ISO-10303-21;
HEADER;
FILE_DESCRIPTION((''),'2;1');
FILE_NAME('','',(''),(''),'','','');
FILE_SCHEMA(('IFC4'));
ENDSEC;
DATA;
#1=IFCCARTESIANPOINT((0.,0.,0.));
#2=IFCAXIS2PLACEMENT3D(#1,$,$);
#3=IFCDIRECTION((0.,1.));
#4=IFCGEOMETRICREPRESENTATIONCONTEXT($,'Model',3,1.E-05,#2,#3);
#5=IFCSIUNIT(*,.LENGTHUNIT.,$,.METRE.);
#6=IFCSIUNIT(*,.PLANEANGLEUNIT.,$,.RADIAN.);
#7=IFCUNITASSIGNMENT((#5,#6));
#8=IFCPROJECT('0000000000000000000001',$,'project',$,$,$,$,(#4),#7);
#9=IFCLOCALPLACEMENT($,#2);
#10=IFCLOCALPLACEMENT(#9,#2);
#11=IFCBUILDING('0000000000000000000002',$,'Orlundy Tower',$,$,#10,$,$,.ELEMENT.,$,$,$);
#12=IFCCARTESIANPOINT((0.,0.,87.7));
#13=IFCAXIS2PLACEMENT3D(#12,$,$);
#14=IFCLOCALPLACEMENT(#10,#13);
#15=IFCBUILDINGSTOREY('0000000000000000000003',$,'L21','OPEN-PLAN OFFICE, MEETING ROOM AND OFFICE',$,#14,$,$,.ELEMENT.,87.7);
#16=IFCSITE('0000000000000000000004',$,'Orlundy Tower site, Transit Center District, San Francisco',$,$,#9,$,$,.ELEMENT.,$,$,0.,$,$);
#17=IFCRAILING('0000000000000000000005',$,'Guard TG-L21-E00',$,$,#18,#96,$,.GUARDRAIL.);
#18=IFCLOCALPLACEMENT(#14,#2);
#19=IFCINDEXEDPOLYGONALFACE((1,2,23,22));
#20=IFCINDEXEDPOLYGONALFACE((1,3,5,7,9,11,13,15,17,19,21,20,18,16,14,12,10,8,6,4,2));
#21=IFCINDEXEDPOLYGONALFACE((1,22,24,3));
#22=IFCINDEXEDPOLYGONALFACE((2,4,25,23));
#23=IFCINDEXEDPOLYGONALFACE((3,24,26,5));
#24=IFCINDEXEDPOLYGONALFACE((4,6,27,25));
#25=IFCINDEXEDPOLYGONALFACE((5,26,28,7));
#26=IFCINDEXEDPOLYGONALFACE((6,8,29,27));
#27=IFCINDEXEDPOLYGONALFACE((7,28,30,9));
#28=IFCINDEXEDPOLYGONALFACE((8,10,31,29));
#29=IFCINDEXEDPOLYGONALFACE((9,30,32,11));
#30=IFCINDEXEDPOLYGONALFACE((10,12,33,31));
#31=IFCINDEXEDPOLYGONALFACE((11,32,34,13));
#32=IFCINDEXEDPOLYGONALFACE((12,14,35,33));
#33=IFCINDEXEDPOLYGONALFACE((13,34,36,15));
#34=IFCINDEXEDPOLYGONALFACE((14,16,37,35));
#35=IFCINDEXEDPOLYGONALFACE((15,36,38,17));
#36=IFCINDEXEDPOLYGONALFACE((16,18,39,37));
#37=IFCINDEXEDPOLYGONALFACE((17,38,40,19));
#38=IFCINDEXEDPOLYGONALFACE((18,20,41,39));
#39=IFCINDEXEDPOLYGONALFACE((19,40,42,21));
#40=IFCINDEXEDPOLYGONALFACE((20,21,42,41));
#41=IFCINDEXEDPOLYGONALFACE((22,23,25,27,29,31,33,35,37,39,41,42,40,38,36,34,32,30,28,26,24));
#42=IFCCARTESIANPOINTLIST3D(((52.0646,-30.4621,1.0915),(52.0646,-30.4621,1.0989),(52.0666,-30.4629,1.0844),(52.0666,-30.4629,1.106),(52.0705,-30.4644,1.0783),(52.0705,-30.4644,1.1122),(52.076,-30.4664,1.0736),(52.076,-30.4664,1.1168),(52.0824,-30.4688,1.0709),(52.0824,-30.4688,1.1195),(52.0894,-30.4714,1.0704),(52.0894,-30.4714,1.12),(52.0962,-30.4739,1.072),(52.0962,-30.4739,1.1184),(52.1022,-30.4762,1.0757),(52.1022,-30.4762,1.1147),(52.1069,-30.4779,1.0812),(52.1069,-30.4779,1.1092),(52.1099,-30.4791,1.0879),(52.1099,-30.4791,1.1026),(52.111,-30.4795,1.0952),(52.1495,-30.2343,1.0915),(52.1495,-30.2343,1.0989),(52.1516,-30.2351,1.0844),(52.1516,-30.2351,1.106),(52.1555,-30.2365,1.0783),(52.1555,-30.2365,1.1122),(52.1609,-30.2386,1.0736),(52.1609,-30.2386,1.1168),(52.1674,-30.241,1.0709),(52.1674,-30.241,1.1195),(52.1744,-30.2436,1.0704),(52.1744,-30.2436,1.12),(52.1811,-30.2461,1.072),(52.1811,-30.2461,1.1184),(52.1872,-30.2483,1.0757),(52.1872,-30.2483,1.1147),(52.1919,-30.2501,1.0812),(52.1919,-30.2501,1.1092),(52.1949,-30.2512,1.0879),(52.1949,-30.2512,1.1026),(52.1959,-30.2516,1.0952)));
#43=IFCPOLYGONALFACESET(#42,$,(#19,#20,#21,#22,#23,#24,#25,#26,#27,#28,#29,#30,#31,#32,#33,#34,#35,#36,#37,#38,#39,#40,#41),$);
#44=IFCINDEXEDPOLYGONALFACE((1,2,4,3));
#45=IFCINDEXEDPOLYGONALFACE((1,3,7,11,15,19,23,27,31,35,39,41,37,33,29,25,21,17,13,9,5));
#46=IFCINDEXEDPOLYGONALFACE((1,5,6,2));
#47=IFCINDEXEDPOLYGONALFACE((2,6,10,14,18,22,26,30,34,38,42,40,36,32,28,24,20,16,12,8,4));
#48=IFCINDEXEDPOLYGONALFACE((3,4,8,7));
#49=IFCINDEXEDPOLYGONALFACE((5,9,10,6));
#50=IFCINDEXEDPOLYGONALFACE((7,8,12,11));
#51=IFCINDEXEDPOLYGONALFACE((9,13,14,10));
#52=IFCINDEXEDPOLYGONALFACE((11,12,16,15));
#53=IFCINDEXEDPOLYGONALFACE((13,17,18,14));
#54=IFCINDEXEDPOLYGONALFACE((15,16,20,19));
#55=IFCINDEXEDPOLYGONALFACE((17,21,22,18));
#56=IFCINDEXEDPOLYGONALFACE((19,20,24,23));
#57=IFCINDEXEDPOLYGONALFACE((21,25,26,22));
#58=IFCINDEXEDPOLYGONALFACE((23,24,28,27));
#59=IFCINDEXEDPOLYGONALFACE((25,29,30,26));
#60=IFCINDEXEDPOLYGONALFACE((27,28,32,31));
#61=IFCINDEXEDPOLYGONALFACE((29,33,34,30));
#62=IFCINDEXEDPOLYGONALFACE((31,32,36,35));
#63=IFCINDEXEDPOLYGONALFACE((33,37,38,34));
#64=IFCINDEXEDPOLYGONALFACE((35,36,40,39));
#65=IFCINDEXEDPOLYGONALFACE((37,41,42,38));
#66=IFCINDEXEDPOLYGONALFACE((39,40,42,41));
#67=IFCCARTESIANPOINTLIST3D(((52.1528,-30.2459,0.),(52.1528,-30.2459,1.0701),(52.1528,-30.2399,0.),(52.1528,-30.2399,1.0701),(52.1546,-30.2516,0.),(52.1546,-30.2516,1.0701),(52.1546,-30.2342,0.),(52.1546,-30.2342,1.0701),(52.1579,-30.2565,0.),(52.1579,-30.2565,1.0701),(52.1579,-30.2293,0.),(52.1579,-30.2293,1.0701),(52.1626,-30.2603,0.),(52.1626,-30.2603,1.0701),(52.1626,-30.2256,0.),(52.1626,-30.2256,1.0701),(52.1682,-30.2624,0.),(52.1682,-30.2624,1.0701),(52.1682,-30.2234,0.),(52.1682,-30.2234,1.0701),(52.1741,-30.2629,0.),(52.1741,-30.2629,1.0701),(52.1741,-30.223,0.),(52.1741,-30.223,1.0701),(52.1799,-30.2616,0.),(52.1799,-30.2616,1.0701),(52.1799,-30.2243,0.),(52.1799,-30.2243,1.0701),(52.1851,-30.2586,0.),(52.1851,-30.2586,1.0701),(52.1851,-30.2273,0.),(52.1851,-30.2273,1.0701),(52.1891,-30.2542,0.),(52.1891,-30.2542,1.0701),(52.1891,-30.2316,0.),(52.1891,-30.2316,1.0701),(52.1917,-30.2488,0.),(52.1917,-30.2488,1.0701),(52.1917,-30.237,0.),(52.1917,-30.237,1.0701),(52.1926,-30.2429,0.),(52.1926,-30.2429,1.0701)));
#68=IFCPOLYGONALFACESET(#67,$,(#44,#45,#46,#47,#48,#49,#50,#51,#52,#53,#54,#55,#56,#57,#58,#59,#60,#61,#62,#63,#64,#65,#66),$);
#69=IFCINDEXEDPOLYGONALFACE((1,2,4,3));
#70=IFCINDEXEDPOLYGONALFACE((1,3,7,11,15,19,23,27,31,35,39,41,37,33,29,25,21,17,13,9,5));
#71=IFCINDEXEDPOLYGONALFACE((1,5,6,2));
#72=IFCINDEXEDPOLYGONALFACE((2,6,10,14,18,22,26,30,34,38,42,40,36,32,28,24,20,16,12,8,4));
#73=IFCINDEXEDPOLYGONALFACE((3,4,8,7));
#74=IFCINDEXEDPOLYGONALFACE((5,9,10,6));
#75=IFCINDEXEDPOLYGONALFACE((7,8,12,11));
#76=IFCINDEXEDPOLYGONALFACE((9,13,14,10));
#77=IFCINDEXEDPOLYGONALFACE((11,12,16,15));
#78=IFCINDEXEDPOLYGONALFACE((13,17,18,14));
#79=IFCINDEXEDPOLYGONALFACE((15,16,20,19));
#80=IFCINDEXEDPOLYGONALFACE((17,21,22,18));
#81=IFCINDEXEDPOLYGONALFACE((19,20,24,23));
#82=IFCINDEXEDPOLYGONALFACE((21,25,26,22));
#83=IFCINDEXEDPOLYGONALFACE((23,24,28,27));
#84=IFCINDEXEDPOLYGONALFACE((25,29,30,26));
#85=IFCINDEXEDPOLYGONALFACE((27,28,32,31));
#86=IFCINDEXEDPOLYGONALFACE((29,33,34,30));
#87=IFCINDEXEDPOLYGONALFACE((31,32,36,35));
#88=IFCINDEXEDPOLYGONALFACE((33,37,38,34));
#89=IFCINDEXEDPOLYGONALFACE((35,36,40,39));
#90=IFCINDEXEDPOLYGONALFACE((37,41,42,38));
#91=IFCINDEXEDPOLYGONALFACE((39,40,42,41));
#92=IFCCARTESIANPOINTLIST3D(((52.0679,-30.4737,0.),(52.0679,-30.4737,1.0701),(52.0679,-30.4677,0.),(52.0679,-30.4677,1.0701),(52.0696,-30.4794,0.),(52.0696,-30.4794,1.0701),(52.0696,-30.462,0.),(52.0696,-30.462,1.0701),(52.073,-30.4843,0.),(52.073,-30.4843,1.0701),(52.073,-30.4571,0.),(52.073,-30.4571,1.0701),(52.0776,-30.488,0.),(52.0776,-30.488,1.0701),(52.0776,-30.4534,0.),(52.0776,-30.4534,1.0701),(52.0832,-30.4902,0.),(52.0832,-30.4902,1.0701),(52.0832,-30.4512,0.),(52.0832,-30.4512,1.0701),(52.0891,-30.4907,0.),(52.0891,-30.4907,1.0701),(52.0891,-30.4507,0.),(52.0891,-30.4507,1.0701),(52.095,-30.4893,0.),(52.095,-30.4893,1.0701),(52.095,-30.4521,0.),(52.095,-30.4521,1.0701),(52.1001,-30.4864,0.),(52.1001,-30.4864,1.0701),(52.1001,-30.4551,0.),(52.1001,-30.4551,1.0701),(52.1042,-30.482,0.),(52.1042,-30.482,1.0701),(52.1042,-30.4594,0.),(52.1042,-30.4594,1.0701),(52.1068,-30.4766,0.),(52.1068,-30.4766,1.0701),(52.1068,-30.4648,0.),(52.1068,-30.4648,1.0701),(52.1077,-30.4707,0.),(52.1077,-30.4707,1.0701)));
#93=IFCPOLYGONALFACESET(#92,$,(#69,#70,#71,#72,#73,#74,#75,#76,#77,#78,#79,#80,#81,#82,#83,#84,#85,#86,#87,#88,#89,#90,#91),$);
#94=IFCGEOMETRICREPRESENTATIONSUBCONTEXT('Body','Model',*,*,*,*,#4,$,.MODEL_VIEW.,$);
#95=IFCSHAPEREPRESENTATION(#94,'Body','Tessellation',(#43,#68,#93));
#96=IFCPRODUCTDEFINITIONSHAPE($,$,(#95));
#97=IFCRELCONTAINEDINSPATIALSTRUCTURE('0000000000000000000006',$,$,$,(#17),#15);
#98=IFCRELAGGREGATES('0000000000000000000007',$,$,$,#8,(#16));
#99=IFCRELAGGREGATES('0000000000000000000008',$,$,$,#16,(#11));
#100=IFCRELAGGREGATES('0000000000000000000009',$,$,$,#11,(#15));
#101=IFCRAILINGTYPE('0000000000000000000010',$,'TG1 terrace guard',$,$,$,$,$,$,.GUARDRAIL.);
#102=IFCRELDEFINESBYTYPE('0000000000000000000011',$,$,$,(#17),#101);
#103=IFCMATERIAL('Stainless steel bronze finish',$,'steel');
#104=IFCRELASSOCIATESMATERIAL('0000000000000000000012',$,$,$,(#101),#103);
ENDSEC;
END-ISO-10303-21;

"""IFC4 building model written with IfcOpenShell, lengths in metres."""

from ifc_helpers import new_model, si_unit, direction, frame, origin, origin_2d, place, context, subcontext, project, spatial, circle, extrude, material, type_object, element, save


model = new_model("IFC4")

# Units and contexts
model_context = context("Model", 3, precision=1e-05, world=origin(), true_north=direction((0.0, 1.0)))
body_context = subcontext(model_context, "Body", "Model", "MODEL_VIEW")
ifc_project = project(units=[si_unit("LENGTHUNIT", "METRE"), si_unit("PLANEANGLEUNIT", "RADIAN")], contexts=[model_context])

# Site, building, storey
site_placement = place(None, origin())
site = spatial("IfcSite", under=ifc_project, at=site_placement, Name="Orlundy Tower site, Transit Center District, San Francisco", CompositionType="ELEMENT", RefElevation=0.0)
building_placement = place(site_placement, origin())
building = spatial("IfcBuilding", under=site, at=building_placement, Name="Orlundy Tower", CompositionType="ELEMENT")
storey_placement = place(building_placement, frame((0.0, 0.0, 87.7)))
storey = spatial("IfcBuildingStorey", under=building, at=storey_placement, Name="L21", Description="OPEN-PLAN OFFICE, MEETING ROOM AND OFFICE", CompositionType="ELEMENT", Elevation=87.7)

# Railing
ifc_material_1 = material(Name="Stainless steel bronze finish", Category="steel")
railing_type = type_object("IfcRailingType", Name="TG1 terrace guard", PredefinedType="GUARDRAIL", material=ifc_material_1)
railing_placement = place(storey_placement, frame((52.1726, -30.2429, 0.0)))
element("IfcRailing", 1, at=railing_placement, inside=storey, type_object=railing_type, Name="Guard TG-L21-E00", PredefinedType="GUARDRAIL", context=body_context, shape_type="SweptSolid", body=[
    extrude(circle(Radius=0.0249, at=origin_2d()), frame((0.0, 0.0, 1.0952), z_axis=(-0.349472, -0.936947, 0.0), x_axis=(0.936947, -0.349472, 0.0)), (0.0, 0.0, 1.0), 0.2432),
    extrude(circle(Radius=0.02, at=origin_2d()), origin(), (0.0, 0.0, 1.0), 1.0701),
    extrude(circle(Radius=0.02, at=origin_2d()), frame((-0.085, -0.2278, 0.0)), (0.0, 0.0, 1.0), 1.0701),
])

save(model, "model.ifc")
